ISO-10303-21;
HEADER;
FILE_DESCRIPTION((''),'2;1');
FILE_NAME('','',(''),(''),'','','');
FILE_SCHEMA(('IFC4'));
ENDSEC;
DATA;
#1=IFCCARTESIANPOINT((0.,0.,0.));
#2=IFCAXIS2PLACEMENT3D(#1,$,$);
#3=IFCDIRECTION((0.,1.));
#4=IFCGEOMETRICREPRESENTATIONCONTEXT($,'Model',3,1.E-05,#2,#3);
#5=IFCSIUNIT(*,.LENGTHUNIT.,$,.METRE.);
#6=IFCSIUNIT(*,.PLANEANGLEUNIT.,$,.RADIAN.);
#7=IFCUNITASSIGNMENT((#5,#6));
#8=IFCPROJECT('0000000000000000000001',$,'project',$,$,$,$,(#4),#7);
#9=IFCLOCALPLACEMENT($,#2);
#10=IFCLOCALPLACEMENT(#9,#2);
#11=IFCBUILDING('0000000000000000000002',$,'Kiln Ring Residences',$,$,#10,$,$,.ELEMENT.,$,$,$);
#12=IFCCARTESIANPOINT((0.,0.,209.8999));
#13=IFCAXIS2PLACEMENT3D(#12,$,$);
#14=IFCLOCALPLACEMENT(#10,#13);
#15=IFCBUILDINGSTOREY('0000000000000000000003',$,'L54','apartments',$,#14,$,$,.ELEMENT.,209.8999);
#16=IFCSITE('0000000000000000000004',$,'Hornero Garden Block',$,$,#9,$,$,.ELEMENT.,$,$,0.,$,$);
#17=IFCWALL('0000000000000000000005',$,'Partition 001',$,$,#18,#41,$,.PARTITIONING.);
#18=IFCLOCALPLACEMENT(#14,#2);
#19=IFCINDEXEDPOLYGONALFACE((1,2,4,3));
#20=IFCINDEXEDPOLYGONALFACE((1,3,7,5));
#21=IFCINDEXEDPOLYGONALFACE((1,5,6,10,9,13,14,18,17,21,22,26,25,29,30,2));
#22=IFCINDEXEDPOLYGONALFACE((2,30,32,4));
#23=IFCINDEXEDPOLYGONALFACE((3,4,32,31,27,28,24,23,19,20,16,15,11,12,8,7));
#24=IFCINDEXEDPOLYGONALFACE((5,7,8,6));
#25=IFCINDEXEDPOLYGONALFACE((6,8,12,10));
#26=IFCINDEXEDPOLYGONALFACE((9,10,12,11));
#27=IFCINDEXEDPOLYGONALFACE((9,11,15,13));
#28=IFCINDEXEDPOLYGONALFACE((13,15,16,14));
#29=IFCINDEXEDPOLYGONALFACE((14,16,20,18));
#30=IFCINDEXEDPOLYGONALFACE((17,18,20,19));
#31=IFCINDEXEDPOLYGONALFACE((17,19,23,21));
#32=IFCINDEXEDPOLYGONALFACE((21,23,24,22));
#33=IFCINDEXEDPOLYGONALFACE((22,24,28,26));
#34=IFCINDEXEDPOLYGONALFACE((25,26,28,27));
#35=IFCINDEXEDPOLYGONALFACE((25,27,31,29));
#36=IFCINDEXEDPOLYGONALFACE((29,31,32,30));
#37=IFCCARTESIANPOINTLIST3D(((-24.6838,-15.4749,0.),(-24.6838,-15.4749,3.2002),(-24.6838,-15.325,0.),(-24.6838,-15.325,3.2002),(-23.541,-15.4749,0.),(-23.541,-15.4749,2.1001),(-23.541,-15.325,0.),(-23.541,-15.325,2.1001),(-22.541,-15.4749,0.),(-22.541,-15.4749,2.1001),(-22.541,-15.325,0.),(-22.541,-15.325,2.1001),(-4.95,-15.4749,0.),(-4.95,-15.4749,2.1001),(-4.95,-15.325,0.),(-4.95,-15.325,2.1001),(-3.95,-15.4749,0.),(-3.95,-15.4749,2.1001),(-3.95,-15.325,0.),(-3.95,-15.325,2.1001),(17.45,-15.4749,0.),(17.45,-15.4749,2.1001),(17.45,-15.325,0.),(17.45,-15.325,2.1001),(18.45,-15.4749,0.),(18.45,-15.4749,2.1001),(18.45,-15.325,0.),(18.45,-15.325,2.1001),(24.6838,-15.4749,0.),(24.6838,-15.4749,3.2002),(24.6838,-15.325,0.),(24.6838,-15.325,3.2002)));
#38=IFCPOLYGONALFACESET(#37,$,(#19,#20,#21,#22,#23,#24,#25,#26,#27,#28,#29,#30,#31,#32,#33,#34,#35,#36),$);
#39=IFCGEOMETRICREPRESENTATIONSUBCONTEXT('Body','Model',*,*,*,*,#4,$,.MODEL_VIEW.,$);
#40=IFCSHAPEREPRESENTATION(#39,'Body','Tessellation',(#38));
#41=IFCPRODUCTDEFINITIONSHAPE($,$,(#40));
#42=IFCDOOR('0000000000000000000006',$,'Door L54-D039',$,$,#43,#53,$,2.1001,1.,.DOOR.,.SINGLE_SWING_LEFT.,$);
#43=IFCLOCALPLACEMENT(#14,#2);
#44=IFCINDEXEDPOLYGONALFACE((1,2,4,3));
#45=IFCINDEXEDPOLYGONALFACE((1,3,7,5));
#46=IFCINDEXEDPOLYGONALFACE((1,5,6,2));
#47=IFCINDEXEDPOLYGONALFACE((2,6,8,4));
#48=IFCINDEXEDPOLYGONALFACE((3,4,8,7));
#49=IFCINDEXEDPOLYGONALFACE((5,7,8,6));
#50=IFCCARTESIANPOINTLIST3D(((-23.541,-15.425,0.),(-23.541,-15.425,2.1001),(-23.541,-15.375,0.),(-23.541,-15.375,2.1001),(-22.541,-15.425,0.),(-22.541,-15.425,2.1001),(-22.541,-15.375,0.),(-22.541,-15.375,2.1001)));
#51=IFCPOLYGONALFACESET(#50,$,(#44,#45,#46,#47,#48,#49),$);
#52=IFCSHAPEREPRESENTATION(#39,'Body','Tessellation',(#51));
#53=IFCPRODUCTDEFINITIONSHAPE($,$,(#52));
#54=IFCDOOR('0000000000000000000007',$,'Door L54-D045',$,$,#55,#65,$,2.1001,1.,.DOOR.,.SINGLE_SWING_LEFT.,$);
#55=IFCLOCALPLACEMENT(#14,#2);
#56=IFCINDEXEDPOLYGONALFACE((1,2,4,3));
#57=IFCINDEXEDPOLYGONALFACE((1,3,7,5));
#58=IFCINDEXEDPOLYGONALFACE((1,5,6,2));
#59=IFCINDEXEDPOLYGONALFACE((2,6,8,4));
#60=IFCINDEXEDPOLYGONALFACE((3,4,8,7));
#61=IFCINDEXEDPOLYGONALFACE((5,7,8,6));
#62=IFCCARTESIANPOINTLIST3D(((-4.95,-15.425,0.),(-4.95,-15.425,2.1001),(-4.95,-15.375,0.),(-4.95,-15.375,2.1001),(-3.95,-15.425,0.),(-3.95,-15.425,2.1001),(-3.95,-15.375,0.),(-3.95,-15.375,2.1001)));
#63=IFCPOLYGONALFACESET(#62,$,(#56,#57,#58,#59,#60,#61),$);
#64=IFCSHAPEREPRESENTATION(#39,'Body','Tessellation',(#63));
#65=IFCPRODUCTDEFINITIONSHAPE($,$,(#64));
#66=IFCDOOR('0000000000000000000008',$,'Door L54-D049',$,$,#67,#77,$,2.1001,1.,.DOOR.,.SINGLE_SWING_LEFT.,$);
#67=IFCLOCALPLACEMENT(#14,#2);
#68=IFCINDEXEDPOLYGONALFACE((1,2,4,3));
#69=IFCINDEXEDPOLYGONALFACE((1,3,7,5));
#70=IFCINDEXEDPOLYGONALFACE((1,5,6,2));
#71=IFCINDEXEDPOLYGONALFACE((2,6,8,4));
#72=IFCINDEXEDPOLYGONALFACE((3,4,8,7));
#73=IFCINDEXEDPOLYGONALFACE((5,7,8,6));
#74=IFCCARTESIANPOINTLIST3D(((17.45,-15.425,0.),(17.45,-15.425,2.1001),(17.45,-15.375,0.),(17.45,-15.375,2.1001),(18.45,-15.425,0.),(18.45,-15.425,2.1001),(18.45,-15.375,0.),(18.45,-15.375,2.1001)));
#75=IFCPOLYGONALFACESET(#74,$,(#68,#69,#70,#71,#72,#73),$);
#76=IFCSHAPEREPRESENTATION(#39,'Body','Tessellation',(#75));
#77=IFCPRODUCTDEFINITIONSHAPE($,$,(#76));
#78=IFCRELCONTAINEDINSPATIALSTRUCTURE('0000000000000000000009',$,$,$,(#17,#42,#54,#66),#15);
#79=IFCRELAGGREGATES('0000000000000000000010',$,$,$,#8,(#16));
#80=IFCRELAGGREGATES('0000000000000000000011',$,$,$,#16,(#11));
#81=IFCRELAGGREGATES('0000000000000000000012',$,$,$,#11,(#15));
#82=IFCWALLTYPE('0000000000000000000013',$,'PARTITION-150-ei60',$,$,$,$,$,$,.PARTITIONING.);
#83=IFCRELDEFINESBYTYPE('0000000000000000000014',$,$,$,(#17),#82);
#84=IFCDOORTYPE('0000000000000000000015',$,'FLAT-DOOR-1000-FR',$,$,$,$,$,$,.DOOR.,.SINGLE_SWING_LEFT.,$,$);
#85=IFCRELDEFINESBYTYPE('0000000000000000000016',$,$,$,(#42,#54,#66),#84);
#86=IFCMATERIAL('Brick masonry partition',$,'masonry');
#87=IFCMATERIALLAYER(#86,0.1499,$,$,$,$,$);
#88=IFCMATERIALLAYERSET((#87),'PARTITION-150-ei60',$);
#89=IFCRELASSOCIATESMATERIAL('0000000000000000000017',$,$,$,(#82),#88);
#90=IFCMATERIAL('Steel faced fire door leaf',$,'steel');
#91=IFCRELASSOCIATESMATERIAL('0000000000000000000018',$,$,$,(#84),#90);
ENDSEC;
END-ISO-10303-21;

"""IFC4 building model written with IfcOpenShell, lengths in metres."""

from ifc_helpers import new_model, si_unit, direction, frame, frame_2d, origin, place, context, subcontext, project, spatial, rectangle, extrude, material, layer, layer_set, type_object, element, fill, save


model = new_model("IFC4")

# Units and contexts
model_context = context("Model", 3, precision=1e-05, world=origin(), true_north=direction((0.0, 1.0)))
body_context = subcontext(model_context, "Body", "Model", "MODEL_VIEW")
ifc_project = project(units=[si_unit("LENGTHUNIT", "METRE"), si_unit("PLANEANGLEUNIT", "RADIAN")], contexts=[model_context])

# Site, building, storey
site_placement = place(None, origin())
site = spatial("IfcSite", under=ifc_project, at=site_placement, Name="Hornero Garden Block", CompositionType="ELEMENT", RefElevation=0.0)
building_placement = place(site_placement, origin())
building = spatial("IfcBuilding", under=site, at=building_placement, Name="Kiln Ring Residences", CompositionType="ELEMENT")
storey_placement = place(building_placement, frame((0.0, 0.0, 209.8999)))
storey = spatial("IfcBuildingStorey", under=building, at=storey_placement, Name="L54", Description="apartments", CompositionType="ELEMENT", Elevation=209.8999)

# Wall, openings, doors
ifc_material_1 = material(Name="Brick masonry partition", Category="masonry")
ifc_layer_1 = layer(ifc_material_1, 0.1499)
ifc_layer_set_1 = layer_set([ifc_layer_1], Name="PARTITION-150-ei60")
wall_type_1 = type_object("IfcWallType", Name="PARTITION-150-ei60", PredefinedType="PARTITIONING", material=ifc_layer_set_1)
wall_1_placement = place(storey_placement, frame((-24.6838, -15.3999, 0.0), z_axis=(0.0, 0.0, 1.0), x_axis=(1.0, 0.0, 0.0)))
wall_1 = element("IfcWall", 1, at=wall_1_placement, inside=storey, type_object=wall_type_1, Name="Partition 001", PredefinedType="PARTITIONING", context=body_context, shape_type="SweptSolid", body=[
    extrude(rectangle(XDim=49.3677, YDim=0.1499, at=frame_2d((24.6838, 0.0))), origin(), (0.0, 0.0, 1.0), 3.2002),
])
opening_1_placement = place(wall_1_placement, frame((1.1428, 0.0, 0.0)))
opening_1 = element("IfcOpeningElement", 2, at=opening_1_placement, cuts=wall_1, PredefinedType="OPENING", context=body_context, shape_type="SweptSolid", body=[
    extrude(rectangle(XDim=1.0, YDim=2.1001, at=frame_2d((0.5, 1.05))), frame((0.0, 0.085, 0.0), z_axis=(0.0, -1.0, 0.0), x_axis=(1.0, 0.0, 0.0)), (0.0, 0.0, 1.0), 0.1699),
])
opening_2_placement = place(wall_1_placement, frame((19.7339, 0.0, 0.0)))
opening_2 = element("IfcOpeningElement", 3, at=opening_2_placement, cuts=wall_1, PredefinedType="OPENING", context=body_context, shape_type="SweptSolid", body=[
    extrude(rectangle(XDim=1.0, YDim=2.1001, at=frame_2d((0.5, 1.05))), frame((0.0, 0.085, 0.0), z_axis=(0.0, -1.0, 0.0), x_axis=(1.0, 0.0, 0.0)), (0.0, 0.0, 1.0), 0.1699),
])
opening_3_placement = place(wall_1_placement, frame((42.1338, 0.0, 0.0)))
opening_3 = element("IfcOpeningElement", 4, at=opening_3_placement, cuts=wall_1, PredefinedType="OPENING", context=body_context, shape_type="SweptSolid", body=[
    extrude(rectangle(XDim=1.0, YDim=2.1001, at=frame_2d((0.5, 1.05))), frame((0.0, 0.085, 0.0), z_axis=(0.0, -1.0, 0.0), x_axis=(1.0, 0.0, 0.0)), (0.0, 0.0, 1.0), 0.1699),
])
ifc_material_2 = material(Name="Steel faced fire door leaf", Category="steel")
door_type_1 = type_object("IfcDoorType", Name="FLAT-DOOR-1000-FR", OperationType="SINGLE_SWING_LEFT", PredefinedType="DOOR", material=ifc_material_2)
door_1_placement = place(opening_1_placement, origin())
door_1 = element("IfcDoor", 5, at=door_1_placement, inside=storey, type_object=door_type_1, Name="Door L54-D039", OperationType="SINGLE_SWING_LEFT", OverallHeight=2.1001, OverallWidth=1.0, PredefinedType="DOOR", context=body_context, shape_type="SweptSolid", body=[
    extrude(rectangle(XDim=1.0, YDim=2.1001, at=frame_2d((0.5, 1.05))), frame((0.0, 0.0249, 0.0), z_axis=(0.0, -1.0, 0.0), x_axis=(1.0, 0.0, 0.0)), (0.0, 0.0, 1.0), 0.05),
])
fill(opening_1, door_1)
door_2_placement = place(opening_2_placement, origin())
door_2 = element("IfcDoor", 6, at=door_2_placement, inside=storey, type_object=door_type_1, Name="Door L54-D045", OperationType="SINGLE_SWING_LEFT", OverallHeight=2.1001, OverallWidth=1.0, PredefinedType="DOOR", context=body_context, shape_type="SweptSolid", body=[
    extrude(rectangle(XDim=1.0, YDim=2.1001, at=frame_2d((0.5, 1.05))), frame((0.0, 0.0249, 0.0), z_axis=(0.0, -1.0, 0.0), x_axis=(1.0, 0.0, 0.0)), (0.0, 0.0, 1.0), 0.05),
])
fill(opening_2, door_2)
door_3_placement = place(opening_3_placement, origin())
door_3 = element("IfcDoor", 7, at=door_3_placement, inside=storey, type_object=door_type_1, Name="Door L54-D049", OperationType="SINGLE_SWING_LEFT", OverallHeight=2.1001, OverallWidth=1.0, PredefinedType="DOOR", context=body_context, shape_type="SweptSolid", body=[
    extrude(rectangle(XDim=1.0, YDim=2.1001, at=frame_2d((0.5, 1.05))), frame((0.0, 0.0249, 0.0), z_axis=(0.0, -1.0, 0.0), x_axis=(1.0, 0.0, 0.0)), (0.0, 0.0, 1.0), 0.05),
])
fill(opening_3, door_3)

save(model, "model.ifc")
